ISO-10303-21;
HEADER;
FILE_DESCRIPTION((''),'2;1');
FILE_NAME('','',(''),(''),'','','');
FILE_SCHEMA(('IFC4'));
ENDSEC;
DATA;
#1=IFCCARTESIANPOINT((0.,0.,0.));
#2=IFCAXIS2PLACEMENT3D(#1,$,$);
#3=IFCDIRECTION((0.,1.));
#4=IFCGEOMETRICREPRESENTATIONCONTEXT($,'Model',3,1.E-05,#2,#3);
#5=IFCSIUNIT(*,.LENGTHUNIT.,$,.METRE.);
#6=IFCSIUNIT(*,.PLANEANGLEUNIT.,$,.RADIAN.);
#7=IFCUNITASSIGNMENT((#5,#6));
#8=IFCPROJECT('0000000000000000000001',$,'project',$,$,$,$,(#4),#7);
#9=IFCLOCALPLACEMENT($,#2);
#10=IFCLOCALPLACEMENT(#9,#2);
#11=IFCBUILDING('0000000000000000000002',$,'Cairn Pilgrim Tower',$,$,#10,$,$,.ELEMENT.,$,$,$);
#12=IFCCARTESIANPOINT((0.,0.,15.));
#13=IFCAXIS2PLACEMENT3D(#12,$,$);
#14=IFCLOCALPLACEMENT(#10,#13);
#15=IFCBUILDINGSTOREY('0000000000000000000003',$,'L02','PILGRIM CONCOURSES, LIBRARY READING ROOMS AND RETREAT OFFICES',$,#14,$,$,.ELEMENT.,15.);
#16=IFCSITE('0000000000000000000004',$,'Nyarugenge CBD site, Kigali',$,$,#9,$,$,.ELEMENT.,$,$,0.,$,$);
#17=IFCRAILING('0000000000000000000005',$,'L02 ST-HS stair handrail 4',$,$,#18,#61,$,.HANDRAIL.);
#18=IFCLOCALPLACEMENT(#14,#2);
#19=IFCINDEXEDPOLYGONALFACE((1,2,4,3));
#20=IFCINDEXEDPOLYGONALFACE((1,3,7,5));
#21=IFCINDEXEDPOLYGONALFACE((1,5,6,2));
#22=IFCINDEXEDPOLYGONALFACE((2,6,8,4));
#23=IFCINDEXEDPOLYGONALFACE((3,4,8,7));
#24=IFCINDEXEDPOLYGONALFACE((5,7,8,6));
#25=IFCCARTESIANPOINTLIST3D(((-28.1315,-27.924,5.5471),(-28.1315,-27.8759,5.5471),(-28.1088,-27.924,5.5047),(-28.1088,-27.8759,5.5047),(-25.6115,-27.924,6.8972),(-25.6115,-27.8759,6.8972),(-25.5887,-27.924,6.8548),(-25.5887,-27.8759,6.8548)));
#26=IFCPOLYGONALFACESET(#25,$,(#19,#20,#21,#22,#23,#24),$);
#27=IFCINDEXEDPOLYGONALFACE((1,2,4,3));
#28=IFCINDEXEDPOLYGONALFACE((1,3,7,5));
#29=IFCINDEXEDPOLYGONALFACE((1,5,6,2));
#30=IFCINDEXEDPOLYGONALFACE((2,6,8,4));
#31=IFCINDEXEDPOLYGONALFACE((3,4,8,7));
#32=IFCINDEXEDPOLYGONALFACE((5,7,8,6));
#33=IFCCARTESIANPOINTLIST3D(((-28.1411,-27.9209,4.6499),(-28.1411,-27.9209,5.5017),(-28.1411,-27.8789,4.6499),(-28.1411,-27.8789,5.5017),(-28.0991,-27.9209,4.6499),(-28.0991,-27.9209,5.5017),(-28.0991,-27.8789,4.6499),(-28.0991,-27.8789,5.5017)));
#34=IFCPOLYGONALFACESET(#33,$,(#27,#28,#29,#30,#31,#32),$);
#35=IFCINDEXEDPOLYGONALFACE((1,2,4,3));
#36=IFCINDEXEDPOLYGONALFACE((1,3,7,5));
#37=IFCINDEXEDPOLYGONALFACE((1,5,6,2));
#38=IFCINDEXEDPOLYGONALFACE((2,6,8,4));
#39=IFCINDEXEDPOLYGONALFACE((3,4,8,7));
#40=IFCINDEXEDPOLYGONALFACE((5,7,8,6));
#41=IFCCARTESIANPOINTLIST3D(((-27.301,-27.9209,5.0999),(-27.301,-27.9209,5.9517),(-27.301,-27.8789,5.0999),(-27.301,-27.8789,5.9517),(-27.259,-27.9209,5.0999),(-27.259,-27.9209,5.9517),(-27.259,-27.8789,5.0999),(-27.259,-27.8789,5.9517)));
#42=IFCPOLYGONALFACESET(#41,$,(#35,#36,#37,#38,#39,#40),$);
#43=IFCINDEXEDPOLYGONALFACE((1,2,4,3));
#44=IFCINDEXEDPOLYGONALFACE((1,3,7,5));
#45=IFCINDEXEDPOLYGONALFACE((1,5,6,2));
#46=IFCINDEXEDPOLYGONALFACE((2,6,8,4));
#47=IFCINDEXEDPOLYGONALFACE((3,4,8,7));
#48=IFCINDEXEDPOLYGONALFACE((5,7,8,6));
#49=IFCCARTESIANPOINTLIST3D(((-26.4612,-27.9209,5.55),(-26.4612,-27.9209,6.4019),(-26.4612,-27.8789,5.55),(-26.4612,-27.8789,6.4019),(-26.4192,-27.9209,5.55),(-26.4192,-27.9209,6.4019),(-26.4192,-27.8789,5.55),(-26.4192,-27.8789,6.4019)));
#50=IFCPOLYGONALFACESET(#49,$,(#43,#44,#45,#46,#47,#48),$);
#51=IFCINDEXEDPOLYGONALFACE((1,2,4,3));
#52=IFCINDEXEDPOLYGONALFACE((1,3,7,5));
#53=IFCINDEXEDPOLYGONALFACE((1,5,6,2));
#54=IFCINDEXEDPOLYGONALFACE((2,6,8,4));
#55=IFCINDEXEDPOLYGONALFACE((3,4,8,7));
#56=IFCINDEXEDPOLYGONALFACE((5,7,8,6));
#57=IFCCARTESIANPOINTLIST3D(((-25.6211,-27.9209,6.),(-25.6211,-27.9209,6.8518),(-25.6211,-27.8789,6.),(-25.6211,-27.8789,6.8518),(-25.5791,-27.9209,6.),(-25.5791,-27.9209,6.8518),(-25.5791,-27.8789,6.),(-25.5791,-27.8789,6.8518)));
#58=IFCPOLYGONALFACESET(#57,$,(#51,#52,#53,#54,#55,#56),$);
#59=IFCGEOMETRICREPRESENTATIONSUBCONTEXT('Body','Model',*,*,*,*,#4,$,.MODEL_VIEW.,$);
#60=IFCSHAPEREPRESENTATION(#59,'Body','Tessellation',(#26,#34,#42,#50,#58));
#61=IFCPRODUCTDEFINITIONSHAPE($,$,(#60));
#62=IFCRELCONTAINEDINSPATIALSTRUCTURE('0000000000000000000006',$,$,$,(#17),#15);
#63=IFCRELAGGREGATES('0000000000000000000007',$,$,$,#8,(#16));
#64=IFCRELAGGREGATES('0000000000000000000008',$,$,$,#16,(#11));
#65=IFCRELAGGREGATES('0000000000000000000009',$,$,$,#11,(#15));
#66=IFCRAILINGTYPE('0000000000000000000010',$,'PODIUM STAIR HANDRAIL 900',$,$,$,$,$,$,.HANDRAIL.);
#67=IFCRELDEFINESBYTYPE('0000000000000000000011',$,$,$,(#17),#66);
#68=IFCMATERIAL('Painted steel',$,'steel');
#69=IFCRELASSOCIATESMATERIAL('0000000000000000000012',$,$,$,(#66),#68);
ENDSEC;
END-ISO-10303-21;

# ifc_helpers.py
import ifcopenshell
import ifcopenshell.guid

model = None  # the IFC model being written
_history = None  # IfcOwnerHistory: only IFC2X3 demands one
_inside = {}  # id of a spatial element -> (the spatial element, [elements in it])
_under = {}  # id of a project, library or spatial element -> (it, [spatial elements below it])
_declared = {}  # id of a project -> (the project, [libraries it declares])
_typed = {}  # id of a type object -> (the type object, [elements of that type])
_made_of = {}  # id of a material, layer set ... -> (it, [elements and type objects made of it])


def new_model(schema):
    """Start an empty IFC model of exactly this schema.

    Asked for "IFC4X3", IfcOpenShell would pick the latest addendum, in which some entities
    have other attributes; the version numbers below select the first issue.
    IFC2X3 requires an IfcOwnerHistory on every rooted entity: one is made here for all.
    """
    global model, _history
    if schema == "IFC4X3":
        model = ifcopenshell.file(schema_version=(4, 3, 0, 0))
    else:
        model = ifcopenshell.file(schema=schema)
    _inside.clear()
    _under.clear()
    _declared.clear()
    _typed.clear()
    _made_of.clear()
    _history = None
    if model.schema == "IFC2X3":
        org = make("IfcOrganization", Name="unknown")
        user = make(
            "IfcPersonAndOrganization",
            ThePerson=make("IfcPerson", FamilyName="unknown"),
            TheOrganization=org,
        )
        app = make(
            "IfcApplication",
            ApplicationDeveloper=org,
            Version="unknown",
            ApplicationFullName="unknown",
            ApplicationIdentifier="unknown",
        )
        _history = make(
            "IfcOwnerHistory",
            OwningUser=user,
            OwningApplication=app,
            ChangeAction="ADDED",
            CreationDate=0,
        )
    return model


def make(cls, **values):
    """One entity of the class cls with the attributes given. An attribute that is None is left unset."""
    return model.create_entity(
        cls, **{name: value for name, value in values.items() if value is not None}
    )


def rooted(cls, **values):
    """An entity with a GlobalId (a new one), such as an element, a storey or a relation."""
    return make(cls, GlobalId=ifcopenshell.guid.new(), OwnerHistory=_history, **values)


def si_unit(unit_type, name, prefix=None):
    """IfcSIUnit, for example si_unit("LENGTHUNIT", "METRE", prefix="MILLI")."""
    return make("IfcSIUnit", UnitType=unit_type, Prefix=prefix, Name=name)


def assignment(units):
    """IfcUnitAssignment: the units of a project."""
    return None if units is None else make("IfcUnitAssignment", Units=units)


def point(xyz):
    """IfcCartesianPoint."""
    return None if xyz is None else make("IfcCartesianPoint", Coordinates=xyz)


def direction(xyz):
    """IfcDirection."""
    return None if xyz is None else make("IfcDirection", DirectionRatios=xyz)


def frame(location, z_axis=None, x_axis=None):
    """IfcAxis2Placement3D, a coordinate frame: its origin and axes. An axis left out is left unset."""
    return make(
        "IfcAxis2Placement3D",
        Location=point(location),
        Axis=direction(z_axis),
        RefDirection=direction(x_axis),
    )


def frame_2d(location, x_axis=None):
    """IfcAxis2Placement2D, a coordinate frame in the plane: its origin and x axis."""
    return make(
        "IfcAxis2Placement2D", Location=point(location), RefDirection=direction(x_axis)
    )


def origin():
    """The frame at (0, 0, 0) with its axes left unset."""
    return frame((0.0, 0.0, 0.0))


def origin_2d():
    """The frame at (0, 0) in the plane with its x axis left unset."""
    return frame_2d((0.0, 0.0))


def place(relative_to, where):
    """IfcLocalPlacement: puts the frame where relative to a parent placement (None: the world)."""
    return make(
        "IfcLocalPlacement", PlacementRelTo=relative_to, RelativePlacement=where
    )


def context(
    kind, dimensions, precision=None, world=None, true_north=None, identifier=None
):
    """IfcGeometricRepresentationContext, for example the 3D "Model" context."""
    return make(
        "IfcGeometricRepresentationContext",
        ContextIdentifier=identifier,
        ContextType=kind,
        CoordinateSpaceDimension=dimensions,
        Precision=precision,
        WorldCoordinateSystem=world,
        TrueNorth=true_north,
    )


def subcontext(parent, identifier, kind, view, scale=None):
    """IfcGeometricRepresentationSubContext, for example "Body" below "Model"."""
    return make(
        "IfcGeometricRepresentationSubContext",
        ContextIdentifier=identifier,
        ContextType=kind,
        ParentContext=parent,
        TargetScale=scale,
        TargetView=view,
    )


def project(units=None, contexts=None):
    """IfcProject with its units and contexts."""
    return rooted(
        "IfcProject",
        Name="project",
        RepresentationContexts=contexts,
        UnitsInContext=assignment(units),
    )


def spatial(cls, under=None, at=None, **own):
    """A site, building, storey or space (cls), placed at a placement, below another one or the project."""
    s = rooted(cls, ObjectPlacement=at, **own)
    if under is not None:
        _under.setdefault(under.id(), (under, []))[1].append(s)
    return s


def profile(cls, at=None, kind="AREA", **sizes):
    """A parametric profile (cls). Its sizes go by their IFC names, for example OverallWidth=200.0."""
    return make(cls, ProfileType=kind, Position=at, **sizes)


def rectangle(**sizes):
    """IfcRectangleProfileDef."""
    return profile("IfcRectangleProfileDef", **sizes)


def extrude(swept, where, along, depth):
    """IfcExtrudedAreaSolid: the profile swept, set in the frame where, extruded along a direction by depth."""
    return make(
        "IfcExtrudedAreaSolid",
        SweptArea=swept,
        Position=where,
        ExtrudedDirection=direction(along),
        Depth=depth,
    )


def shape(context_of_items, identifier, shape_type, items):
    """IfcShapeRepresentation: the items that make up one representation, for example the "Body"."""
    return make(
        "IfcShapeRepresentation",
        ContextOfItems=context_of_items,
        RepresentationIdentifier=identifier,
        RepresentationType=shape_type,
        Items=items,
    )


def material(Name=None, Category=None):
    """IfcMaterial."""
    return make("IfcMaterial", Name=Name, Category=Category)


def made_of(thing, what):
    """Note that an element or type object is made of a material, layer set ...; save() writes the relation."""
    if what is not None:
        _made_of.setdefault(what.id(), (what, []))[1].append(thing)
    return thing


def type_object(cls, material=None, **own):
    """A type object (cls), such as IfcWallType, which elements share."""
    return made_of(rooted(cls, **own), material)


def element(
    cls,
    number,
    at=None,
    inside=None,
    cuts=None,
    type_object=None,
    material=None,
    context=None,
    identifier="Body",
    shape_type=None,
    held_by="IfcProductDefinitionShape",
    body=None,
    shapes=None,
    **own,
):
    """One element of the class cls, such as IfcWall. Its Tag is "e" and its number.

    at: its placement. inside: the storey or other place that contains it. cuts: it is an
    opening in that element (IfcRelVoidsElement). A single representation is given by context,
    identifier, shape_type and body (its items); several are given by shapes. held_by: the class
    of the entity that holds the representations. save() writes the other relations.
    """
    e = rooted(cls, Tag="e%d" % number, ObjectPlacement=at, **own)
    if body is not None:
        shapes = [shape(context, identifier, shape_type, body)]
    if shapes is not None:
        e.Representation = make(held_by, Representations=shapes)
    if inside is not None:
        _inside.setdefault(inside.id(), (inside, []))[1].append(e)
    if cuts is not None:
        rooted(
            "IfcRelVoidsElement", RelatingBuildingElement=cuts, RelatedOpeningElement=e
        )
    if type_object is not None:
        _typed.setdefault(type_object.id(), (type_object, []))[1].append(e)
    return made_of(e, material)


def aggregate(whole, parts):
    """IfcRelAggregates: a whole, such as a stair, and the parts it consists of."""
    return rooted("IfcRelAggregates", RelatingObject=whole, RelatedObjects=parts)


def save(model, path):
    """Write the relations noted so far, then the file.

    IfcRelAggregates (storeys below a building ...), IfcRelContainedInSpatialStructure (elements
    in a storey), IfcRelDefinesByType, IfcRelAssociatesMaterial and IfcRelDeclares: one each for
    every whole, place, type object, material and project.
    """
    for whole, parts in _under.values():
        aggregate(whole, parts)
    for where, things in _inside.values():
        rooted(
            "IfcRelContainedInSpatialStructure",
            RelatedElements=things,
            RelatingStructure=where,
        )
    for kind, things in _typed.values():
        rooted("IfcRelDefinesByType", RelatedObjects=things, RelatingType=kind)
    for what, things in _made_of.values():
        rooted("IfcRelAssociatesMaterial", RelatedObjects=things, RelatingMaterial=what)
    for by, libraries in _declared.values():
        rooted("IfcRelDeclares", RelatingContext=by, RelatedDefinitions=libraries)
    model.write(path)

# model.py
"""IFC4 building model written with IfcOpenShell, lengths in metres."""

from ifc_helpers import new_model, si_unit, direction, frame, origin, origin_2d, place, context, subcontext, project, spatial, rectangle, extrude, material, type_object, element, save


model = new_model("IFC4")

# Units and contexts
model_context = context("Model", 3, precision=1e-05, world=origin(), true_north=direction((0.0, 1.0)))
body_context = subcontext(model_context, "Body", "Model", "MODEL_VIEW")
ifc_project = project(units=[si_unit("LENGTHUNIT", "METRE"), si_unit("PLANEANGLEUNIT", "RADIAN")], contexts=[model_context])

# Site, building, storey
site_placement = place(None, origin())
site = spatial("IfcSite", under=ifc_project, at=site_placement, Name="Nyarugenge CBD site, Kigali", CompositionType="ELEMENT", RefElevation=0.0)
building_placement = place(site_placement, origin())
building = spatial("IfcBuilding", under=site, at=building_placement, Name="Cairn Pilgrim Tower", CompositionType="ELEMENT")
storey_placement = place(building_placement, frame((0.0, 0.0, 15.0)))
storey = spatial("IfcBuildingStorey", under=building, at=storey_placement, Name="L02", Description="PILGRIM CONCOURSES, LIBRARY READING ROOMS AND RETREAT OFFICES", CompositionType="ELEMENT", Elevation=15.0)

# Railing
ifc_material_1 = material(Name="Painted steel", Category="steel")
railing_type_1 = type_object("IfcRailingType", Name="PODIUM STAIR HANDRAIL 900", PredefinedType="HANDRAIL", material=ifc_material_1)
for number, where, name in (
    (1, (-28.1201, -27.8999, 4.6499), "L02 ST-HS stair handrail 4"),
):
    element("IfcRailing", number, at=place(storey_placement, frame(where)), inside=storey, type_object=railing_type_1, Name=name, PredefinedType="HANDRAIL", context=body_context, shape_type="SweptSolid", body=[
        extrude(rectangle(XDim=0.0481, YDim=0.0481, at=origin_2d()), frame((0.0, 0.0, 0.876), z_axis=(0.881467, 0.0, 0.472245), x_axis=(0.0, 1.0, 0.0)), (0.0, 0.0, 1.0), 2.8589),
        extrude(rectangle(XDim=0.042, YDim=0.042, at=origin_2d()), origin(), (0.0, 0.0, 1.0), 0.8518),
        extrude(rectangle(XDim=0.042, YDim=0.042, at=origin_2d()), frame((0.8401, 0.0, 0.45)), (0.0, 0.0, 1.0), 0.8518),
        extrude(rectangle(XDim=0.042, YDim=0.042, at=origin_2d()), frame((1.6799, 0.0, 0.9001)), (0.0, 0.0, 1.0), 0.8518),
        extrude(rectangle(XDim=0.042, YDim=0.042, at=origin_2d()), frame((2.52, 0.0, 1.3501)), (0.0, 0.0, 1.0), 0.8518),
    ])

save(model, "model.ifc")
